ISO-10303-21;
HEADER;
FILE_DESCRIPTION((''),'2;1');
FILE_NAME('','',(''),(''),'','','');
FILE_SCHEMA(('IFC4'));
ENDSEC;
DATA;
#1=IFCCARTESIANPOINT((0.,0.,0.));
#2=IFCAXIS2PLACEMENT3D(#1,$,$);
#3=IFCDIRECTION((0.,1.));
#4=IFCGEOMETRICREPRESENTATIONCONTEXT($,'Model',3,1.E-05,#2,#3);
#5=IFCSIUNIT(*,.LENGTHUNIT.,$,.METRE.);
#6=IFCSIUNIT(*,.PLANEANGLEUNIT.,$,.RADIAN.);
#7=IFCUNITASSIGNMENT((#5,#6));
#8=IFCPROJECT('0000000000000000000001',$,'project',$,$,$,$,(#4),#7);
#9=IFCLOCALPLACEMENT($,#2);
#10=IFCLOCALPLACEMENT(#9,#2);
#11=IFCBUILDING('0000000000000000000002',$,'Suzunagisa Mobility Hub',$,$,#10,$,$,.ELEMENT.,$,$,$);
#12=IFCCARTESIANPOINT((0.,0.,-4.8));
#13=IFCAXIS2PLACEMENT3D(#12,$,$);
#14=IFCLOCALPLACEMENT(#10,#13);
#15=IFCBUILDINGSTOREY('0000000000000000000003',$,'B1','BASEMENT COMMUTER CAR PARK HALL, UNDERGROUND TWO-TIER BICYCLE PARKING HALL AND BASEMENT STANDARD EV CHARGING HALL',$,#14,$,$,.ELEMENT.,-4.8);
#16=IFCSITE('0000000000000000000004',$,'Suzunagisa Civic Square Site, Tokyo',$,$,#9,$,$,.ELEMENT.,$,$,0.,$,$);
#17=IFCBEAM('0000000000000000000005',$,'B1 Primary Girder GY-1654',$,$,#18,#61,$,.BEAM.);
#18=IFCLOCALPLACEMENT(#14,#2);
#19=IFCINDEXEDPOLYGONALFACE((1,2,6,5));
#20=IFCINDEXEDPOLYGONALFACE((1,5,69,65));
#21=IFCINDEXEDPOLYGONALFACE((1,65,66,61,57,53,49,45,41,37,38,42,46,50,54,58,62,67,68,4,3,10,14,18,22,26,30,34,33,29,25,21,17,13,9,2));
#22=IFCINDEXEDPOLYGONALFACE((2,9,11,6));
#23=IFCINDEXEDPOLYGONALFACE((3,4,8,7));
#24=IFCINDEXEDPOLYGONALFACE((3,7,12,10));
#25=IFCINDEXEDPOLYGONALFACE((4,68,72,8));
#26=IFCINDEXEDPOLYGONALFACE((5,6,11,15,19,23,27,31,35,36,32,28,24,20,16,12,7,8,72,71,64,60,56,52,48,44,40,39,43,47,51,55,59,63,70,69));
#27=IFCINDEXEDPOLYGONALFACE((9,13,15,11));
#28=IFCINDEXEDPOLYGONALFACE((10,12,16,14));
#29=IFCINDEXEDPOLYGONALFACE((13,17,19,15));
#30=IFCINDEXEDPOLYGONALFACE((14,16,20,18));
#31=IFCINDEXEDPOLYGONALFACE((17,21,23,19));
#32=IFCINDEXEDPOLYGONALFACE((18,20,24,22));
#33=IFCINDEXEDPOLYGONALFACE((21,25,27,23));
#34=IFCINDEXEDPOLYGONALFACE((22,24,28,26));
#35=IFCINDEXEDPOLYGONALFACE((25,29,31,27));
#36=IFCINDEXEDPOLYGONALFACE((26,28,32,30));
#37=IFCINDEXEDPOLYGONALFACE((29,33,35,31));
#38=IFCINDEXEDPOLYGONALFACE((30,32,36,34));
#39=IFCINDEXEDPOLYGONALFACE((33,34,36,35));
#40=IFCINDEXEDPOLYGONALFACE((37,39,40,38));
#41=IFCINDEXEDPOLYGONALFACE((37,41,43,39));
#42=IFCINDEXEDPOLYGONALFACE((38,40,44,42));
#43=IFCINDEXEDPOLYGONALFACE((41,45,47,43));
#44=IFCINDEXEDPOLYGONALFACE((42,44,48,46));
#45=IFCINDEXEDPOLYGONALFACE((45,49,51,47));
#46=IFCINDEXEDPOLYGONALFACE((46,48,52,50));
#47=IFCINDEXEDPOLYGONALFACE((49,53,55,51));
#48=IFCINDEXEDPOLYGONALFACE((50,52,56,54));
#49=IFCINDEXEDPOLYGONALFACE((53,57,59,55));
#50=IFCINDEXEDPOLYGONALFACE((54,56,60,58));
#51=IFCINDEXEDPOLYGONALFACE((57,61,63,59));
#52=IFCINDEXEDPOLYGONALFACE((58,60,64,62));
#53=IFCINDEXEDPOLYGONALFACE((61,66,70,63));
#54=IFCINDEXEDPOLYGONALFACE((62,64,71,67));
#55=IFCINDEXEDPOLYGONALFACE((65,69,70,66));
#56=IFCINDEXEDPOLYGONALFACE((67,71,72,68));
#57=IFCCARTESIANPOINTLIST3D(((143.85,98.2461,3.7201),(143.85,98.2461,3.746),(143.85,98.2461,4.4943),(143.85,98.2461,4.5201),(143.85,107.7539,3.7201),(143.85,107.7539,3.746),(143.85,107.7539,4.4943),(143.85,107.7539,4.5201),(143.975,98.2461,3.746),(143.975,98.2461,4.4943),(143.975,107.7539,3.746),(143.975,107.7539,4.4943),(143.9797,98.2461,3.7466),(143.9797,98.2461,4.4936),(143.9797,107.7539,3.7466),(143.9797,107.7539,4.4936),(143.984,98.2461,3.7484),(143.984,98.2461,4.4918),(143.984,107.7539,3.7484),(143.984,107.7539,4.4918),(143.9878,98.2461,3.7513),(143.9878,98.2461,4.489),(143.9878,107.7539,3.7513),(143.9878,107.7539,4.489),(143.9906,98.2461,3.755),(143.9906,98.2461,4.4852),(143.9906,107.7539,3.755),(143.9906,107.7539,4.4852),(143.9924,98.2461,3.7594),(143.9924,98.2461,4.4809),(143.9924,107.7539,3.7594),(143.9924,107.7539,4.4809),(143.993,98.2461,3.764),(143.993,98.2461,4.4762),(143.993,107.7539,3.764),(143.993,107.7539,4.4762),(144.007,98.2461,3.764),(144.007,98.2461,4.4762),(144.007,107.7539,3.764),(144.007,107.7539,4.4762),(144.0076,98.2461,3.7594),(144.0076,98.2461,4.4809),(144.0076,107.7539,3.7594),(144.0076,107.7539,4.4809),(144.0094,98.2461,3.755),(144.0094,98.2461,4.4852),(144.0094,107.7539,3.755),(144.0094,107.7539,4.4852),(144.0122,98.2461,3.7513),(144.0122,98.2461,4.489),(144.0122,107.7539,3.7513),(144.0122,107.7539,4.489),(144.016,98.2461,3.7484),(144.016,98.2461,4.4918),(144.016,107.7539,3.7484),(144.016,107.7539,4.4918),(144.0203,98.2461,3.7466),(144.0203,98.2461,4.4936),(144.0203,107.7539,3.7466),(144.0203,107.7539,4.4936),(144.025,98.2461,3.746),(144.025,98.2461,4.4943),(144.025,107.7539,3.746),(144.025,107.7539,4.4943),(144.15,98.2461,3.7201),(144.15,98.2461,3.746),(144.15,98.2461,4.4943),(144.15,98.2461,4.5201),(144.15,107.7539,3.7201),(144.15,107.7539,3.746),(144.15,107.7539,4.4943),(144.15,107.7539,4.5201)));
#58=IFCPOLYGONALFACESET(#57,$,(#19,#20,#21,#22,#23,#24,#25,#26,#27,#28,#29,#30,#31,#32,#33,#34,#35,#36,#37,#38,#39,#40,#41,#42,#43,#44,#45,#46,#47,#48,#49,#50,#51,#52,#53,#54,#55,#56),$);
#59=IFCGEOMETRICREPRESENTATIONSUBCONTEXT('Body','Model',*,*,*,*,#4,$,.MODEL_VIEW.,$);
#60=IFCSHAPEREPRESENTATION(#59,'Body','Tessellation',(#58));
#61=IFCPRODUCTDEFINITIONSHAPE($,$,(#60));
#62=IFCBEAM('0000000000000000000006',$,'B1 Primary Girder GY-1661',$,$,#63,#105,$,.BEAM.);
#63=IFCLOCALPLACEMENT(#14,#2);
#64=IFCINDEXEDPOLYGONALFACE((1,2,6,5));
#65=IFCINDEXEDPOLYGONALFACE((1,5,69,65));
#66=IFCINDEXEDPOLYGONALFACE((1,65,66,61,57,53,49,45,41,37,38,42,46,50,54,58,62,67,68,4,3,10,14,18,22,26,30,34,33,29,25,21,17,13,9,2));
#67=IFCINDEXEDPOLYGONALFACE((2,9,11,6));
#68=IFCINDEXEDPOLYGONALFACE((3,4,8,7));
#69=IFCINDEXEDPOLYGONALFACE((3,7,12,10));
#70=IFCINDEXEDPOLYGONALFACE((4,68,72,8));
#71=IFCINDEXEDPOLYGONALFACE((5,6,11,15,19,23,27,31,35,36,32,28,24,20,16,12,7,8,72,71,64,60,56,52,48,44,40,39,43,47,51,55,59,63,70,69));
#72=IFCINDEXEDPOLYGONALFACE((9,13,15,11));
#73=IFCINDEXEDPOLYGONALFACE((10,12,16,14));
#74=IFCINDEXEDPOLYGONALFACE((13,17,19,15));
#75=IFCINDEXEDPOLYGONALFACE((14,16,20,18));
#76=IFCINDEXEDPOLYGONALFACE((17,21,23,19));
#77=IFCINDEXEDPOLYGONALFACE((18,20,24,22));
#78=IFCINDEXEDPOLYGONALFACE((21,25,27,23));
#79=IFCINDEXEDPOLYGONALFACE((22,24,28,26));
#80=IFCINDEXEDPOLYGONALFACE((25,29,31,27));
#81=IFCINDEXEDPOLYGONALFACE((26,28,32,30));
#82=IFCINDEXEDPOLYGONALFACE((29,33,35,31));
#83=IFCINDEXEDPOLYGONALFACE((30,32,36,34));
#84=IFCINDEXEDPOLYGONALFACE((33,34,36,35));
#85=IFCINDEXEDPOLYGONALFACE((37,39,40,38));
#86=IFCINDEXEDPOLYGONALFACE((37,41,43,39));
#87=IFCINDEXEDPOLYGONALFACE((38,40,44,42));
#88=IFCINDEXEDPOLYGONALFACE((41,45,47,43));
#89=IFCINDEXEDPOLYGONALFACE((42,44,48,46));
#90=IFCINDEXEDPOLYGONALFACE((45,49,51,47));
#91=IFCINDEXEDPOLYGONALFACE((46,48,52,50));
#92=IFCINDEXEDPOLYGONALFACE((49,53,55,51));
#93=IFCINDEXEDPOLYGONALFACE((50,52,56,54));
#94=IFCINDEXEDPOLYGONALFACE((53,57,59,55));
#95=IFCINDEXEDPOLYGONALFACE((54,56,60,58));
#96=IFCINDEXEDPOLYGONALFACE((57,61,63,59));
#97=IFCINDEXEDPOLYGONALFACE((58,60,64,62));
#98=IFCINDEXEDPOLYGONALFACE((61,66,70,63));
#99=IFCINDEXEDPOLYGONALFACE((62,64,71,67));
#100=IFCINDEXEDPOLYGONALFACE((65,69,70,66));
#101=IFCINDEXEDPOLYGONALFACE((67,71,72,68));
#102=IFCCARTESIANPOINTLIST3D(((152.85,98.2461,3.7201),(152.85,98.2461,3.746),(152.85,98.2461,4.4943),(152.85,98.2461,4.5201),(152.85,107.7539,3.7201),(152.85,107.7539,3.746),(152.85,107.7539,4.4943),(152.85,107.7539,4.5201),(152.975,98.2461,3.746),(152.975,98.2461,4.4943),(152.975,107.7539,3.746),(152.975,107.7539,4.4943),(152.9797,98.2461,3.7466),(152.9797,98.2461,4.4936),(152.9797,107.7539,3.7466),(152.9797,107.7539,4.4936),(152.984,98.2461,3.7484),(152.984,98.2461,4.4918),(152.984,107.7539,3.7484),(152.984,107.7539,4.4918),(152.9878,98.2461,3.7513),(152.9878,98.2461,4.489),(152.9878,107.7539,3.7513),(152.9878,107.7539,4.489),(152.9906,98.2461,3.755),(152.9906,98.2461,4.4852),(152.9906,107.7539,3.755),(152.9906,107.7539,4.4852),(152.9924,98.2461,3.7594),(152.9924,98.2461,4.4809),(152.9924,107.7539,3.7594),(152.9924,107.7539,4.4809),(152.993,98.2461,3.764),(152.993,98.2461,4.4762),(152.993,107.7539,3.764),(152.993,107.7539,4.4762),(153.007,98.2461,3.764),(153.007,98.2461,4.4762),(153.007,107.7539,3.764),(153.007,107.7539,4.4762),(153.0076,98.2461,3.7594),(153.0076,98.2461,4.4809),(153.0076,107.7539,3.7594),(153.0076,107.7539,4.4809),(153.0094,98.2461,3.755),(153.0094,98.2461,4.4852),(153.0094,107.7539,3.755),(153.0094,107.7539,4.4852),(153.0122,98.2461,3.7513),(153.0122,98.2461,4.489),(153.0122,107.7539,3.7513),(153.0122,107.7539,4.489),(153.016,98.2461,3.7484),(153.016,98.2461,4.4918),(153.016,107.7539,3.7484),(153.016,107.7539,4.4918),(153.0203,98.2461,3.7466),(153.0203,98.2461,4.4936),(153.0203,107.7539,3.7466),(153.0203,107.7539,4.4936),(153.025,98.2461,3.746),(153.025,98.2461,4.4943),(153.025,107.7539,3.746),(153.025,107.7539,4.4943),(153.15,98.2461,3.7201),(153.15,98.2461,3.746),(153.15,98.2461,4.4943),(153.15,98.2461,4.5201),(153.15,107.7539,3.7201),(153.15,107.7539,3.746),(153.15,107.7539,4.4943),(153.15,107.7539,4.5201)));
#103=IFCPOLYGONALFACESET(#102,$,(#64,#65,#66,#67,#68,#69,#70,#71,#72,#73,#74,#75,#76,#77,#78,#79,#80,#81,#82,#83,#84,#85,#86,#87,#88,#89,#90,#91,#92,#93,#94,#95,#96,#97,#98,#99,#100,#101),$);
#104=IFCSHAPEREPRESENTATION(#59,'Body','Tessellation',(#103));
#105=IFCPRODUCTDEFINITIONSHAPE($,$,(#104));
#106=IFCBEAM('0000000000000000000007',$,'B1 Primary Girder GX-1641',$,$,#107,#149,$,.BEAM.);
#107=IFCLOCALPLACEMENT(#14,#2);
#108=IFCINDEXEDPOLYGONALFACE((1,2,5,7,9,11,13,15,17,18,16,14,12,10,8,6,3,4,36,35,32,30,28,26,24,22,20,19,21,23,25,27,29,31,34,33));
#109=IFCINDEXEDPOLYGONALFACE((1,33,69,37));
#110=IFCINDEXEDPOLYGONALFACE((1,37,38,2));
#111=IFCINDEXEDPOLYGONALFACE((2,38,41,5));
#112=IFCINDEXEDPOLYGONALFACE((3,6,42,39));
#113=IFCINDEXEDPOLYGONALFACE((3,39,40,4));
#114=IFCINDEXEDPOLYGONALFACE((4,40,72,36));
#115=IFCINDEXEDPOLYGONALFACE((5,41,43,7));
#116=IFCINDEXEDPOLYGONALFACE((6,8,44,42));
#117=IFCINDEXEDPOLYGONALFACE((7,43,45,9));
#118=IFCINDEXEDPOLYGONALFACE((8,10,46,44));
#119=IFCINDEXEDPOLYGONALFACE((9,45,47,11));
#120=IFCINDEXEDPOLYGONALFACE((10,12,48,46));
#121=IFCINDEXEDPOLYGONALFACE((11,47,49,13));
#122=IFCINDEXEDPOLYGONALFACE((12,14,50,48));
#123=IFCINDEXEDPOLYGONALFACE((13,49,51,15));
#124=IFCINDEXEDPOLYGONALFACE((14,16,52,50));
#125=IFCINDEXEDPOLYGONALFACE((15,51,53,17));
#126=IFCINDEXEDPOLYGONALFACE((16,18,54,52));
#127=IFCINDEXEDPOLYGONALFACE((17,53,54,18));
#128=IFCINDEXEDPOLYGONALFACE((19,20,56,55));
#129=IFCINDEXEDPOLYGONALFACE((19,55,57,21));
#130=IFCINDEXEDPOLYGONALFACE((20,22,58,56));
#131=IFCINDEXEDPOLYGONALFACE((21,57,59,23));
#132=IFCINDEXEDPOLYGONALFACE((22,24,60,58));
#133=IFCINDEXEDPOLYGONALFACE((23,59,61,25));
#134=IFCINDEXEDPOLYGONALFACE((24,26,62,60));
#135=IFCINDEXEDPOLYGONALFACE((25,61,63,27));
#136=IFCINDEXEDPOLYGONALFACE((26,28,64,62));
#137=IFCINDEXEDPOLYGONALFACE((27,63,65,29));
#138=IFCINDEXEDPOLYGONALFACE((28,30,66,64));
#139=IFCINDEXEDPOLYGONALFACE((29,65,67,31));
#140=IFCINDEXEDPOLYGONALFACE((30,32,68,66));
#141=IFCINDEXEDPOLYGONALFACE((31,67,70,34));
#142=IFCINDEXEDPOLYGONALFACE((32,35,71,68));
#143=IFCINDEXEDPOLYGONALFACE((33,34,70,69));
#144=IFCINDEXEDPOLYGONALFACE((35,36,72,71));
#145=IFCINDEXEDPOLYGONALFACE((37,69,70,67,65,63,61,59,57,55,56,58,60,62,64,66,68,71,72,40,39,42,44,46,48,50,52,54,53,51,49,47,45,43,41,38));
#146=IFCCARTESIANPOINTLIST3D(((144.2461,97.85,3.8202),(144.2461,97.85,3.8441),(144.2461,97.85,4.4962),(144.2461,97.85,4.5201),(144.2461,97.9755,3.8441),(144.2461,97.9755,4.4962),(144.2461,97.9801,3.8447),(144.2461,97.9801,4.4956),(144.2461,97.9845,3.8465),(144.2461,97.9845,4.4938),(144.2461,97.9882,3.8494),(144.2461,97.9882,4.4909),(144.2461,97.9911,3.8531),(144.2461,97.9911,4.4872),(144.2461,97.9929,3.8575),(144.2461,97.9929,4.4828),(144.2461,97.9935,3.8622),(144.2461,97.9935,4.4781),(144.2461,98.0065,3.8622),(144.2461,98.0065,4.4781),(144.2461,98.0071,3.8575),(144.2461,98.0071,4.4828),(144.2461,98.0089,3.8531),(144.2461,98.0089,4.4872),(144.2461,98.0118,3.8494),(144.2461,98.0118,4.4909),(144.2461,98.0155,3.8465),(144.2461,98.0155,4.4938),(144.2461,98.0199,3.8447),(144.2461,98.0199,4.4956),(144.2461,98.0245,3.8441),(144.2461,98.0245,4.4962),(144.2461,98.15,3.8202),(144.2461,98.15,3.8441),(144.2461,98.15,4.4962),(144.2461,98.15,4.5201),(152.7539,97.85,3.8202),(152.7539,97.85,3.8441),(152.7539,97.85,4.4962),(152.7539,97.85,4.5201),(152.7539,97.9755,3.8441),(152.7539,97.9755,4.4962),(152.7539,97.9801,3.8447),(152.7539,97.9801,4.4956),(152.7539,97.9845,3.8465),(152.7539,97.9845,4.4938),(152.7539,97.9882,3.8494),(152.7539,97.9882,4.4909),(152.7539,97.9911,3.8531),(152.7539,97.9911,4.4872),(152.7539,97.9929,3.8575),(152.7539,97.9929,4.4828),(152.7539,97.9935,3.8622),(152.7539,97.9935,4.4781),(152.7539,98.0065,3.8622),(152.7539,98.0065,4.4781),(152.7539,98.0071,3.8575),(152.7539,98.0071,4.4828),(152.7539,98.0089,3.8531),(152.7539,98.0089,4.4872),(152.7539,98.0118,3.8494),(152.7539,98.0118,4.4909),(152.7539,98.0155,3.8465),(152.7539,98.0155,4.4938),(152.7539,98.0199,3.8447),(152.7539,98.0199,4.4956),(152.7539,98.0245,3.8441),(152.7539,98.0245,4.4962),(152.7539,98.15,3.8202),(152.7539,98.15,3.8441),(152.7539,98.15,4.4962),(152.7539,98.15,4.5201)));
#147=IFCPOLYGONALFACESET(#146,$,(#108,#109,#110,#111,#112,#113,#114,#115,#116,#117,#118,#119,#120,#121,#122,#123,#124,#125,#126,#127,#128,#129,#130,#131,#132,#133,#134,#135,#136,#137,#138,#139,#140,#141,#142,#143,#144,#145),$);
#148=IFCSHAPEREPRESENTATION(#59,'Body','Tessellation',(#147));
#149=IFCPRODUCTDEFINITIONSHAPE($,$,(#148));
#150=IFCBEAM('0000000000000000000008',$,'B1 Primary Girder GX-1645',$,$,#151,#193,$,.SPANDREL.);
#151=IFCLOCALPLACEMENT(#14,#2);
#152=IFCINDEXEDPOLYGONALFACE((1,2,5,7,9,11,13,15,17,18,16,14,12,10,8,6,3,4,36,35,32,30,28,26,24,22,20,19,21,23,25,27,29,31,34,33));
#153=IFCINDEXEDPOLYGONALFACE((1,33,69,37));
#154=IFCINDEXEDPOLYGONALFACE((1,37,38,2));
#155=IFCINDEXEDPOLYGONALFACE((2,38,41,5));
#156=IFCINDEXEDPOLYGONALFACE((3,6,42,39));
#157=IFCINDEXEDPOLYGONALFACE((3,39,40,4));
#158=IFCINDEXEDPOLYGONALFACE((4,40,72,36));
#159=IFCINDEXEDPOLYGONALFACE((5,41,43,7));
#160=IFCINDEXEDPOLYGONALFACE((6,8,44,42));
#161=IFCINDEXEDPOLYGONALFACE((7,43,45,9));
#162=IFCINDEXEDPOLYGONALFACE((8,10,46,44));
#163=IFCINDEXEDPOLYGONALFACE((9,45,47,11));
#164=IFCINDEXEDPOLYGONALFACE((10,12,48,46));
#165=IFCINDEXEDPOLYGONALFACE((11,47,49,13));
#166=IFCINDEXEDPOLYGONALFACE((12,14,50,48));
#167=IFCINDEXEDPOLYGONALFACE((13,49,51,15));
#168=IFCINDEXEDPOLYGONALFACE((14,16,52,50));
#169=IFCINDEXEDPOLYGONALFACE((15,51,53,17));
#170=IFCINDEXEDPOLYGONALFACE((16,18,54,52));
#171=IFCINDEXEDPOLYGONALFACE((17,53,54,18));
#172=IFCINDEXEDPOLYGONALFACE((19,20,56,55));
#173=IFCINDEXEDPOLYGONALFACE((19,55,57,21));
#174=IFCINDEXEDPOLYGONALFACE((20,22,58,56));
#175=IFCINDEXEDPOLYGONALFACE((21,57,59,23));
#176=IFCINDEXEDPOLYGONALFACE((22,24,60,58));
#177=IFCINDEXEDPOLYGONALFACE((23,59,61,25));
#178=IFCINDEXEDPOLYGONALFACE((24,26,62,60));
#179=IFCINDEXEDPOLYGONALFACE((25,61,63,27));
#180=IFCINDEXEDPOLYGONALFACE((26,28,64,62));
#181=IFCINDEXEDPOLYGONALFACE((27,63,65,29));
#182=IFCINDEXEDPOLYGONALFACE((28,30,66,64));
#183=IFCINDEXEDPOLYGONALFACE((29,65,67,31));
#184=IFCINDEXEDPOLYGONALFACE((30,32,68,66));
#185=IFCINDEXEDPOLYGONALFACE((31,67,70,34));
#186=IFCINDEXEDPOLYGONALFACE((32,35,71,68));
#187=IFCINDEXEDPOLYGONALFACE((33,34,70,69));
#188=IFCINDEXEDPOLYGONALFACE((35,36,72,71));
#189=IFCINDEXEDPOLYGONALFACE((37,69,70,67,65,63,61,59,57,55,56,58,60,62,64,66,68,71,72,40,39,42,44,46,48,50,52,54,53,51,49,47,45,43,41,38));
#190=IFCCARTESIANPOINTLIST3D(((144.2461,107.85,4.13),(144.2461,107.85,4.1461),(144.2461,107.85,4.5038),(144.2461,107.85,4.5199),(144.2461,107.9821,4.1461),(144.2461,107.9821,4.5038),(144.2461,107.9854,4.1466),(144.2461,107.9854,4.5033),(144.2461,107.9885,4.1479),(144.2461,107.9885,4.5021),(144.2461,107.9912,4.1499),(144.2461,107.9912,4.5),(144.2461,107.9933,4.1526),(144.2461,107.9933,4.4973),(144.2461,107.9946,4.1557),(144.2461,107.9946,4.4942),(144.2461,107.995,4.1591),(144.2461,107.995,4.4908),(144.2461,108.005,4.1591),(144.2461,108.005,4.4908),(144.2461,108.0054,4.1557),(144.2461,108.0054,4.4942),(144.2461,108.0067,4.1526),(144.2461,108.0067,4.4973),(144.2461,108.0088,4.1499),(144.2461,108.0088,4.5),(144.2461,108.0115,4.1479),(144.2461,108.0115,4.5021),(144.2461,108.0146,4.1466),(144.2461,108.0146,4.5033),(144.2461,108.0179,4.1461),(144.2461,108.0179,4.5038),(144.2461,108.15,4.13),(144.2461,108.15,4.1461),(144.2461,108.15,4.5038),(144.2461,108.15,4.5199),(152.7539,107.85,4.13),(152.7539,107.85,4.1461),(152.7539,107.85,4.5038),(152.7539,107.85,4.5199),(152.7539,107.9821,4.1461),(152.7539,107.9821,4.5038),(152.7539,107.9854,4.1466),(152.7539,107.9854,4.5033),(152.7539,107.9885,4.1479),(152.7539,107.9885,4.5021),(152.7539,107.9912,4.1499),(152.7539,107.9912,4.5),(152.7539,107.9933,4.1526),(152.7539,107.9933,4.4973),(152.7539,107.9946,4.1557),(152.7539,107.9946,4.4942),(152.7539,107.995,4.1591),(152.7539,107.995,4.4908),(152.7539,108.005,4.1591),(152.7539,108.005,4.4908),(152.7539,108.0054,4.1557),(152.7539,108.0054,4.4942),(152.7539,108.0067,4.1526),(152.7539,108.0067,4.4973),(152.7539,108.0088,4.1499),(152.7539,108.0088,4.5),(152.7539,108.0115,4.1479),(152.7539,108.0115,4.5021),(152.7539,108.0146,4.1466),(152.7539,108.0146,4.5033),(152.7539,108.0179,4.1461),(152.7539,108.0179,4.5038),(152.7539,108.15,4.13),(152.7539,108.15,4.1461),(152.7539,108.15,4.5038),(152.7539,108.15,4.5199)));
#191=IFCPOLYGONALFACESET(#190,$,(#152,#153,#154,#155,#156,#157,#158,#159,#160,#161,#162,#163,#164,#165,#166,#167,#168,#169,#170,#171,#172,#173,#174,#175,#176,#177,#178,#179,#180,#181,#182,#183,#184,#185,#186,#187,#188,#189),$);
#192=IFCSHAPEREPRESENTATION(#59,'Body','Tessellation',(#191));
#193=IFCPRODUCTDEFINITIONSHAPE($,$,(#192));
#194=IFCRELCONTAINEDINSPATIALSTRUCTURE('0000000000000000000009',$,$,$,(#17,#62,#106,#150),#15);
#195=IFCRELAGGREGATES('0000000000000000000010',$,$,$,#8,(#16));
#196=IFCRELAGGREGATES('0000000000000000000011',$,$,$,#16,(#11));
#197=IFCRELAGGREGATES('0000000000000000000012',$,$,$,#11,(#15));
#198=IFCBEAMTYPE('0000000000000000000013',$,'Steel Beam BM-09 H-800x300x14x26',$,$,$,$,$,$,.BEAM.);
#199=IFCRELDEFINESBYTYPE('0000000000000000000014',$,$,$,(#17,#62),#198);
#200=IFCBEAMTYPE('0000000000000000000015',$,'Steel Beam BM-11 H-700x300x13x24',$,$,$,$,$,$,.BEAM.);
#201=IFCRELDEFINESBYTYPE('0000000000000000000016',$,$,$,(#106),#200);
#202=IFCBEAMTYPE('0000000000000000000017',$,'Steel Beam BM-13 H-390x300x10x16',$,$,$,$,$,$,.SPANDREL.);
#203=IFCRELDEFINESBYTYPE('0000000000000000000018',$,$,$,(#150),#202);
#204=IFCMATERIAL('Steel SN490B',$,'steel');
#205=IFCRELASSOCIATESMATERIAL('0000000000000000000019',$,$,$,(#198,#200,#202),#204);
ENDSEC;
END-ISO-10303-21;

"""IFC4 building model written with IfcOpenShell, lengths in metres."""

from ifc_helpers import new_model, si_unit, direction, frame, origin, origin_2d, place, context, subcontext, project, spatial, i_section, extrude, material, material_profile, profile_set, type_object, element, save


model = new_model("IFC4")

# Units and contexts
model_context = context("Model", 3, precision=1e-05, world=origin(), true_north=direction((0.0, 1.0)))
body_context = subcontext(model_context, "Body", "Model", "MODEL_VIEW")
ifc_project = project(units=[si_unit("LENGTHUNIT", "METRE"), si_unit("PLANEANGLEUNIT", "RADIAN")], contexts=[model_context])

# Site, building, storey
site_placement = place(None, origin())
site = spatial("IfcSite", under=ifc_project, at=site_placement, Name="Suzunagisa Civic Square Site, Tokyo", CompositionType="ELEMENT", RefElevation=0.0)
building_placement = place(site_placement, origin())
building = spatial("IfcBuilding", under=site, at=building_placement, Name="Suzunagisa Mobility Hub", CompositionType="ELEMENT")
storey_placement = place(building_placement, frame((0.0, 0.0, -4.8)))
storey = spatial("IfcBuildingStorey", under=building, at=storey_placement, Name="B1", Description="BASEMENT COMMUTER CAR PARK HALL, UNDERGROUND TWO-TIER BICYCLE PARKING HALL AND BASEMENT STANDARD EV CHARGING HALL", CompositionType="ELEMENT", Elevation=-4.8)

# Shared definitions
ifc_material_1 = material(Name="Steel SN490B", Category="steel")

# Beams
ifc_material_profile_1 = material_profile(ifc_material_1, i_section(OverallWidth=0.3, OverallDepth=0.8, WebThickness=0.0139, FlangeThickness=0.0259, FilletRadius=0.0181, at=origin_2d()), Name="H-800x300x14x26")
ifc_profile_set_1 = profile_set([ifc_material_profile_1], Name="Steel SN490B")
beam_type_1 = type_object("IfcBeamType", Name="Steel Beam BM-09 H-800x300x14x26", PredefinedType="BEAM", material=ifc_profile_set_1)
for number, where, z_axis, x_axis, name in (
    (1, (144.0, 98.2461, 4.1201), (0.0, 1.0, 0.0), (-1.0, 0.0, 0.0), "B1 Primary Girder GY-1654"),
    (2, (153.0, 98.2461, 4.1201), (0.0, 1.0, 0.0), (-1.0, 0.0, 0.0), "B1 Primary Girder GY-1661"),
):
    element("IfcBeam", number, at=place(storey_placement, frame(where, z_axis=z_axis, x_axis=x_axis)), inside=storey, type_object=beam_type_1, Name=name, PredefinedType="BEAM", context=body_context, shape_type="SweptSolid", body=[
        extrude(i_section(OverallWidth=0.3, OverallDepth=0.8, WebThickness=0.0139, FlangeThickness=0.0259, FilletRadius=0.0181, at=origin_2d()), origin(), (0.0, 0.0, 1.0), 9.5078),
    ])
ifc_material_profile_2 = material_profile(ifc_material_1, i_section(OverallWidth=0.3, OverallDepth=0.7, WebThickness=0.0129, FlangeThickness=0.0239, FilletRadius=0.0181, at=origin_2d()), Name="H-700x300x13x24")
ifc_profile_set_2 = profile_set([ifc_material_profile_2], Name="Steel SN490B")
beam_type_2 = type_object("IfcBeamType", Name="Steel Beam BM-11 H-700x300x13x24", PredefinedType="BEAM", material=ifc_profile_set_2)
beam_1_placement = place(storey_placement, frame((144.2461, 98.0, 4.1702), z_axis=(1.0, 0.0, 0.0), x_axis=(0.0, 1.0, 0.0)))
element("IfcBeam", 3, at=beam_1_placement, inside=storey, type_object=beam_type_2, Name="B1 Primary Girder GX-1641", PredefinedType="BEAM", context=body_context, shape_type="SweptSolid", body=[
    extrude(i_section(OverallWidth=0.3, OverallDepth=0.7, WebThickness=0.0129, FlangeThickness=0.0239, FilletRadius=0.0181, at=origin_2d()), origin(), (0.0, 0.0, 1.0), 8.5078),
])
ifc_material_profile_3 = material_profile(ifc_material_1, i_section(OverallWidth=0.3, OverallDepth=0.3899, WebThickness=0.01, FlangeThickness=0.0161, FilletRadius=0.0129, at=origin_2d()), Name="H-390x300x10x16")
ifc_profile_set_3 = profile_set([ifc_material_profile_3], Name="Steel SN490B")
beam_type_3 = type_object("IfcBeamType", Name="Steel Beam BM-13 H-390x300x10x16", PredefinedType="SPANDREL", material=ifc_profile_set_3)
beam_2_placement = place(storey_placement, frame((144.2461, 108.0, 4.325), z_axis=(1.0, 0.0, 0.0), x_axis=(0.0, 1.0, 0.0)))
element("IfcBeam", 4, at=beam_2_placement, inside=storey, type_object=beam_type_3, Name="B1 Primary Girder GX-1645", PredefinedType="SPANDREL", context=body_context, shape_type="SweptSolid", body=[
    extrude(i_section(OverallWidth=0.3, OverallDepth=0.3899, WebThickness=0.01, FlangeThickness=0.0161, FilletRadius=0.0129, at=origin_2d()), origin(), (0.0, 0.0, 1.0), 8.5078),
])

save(model, "model.ifc")
